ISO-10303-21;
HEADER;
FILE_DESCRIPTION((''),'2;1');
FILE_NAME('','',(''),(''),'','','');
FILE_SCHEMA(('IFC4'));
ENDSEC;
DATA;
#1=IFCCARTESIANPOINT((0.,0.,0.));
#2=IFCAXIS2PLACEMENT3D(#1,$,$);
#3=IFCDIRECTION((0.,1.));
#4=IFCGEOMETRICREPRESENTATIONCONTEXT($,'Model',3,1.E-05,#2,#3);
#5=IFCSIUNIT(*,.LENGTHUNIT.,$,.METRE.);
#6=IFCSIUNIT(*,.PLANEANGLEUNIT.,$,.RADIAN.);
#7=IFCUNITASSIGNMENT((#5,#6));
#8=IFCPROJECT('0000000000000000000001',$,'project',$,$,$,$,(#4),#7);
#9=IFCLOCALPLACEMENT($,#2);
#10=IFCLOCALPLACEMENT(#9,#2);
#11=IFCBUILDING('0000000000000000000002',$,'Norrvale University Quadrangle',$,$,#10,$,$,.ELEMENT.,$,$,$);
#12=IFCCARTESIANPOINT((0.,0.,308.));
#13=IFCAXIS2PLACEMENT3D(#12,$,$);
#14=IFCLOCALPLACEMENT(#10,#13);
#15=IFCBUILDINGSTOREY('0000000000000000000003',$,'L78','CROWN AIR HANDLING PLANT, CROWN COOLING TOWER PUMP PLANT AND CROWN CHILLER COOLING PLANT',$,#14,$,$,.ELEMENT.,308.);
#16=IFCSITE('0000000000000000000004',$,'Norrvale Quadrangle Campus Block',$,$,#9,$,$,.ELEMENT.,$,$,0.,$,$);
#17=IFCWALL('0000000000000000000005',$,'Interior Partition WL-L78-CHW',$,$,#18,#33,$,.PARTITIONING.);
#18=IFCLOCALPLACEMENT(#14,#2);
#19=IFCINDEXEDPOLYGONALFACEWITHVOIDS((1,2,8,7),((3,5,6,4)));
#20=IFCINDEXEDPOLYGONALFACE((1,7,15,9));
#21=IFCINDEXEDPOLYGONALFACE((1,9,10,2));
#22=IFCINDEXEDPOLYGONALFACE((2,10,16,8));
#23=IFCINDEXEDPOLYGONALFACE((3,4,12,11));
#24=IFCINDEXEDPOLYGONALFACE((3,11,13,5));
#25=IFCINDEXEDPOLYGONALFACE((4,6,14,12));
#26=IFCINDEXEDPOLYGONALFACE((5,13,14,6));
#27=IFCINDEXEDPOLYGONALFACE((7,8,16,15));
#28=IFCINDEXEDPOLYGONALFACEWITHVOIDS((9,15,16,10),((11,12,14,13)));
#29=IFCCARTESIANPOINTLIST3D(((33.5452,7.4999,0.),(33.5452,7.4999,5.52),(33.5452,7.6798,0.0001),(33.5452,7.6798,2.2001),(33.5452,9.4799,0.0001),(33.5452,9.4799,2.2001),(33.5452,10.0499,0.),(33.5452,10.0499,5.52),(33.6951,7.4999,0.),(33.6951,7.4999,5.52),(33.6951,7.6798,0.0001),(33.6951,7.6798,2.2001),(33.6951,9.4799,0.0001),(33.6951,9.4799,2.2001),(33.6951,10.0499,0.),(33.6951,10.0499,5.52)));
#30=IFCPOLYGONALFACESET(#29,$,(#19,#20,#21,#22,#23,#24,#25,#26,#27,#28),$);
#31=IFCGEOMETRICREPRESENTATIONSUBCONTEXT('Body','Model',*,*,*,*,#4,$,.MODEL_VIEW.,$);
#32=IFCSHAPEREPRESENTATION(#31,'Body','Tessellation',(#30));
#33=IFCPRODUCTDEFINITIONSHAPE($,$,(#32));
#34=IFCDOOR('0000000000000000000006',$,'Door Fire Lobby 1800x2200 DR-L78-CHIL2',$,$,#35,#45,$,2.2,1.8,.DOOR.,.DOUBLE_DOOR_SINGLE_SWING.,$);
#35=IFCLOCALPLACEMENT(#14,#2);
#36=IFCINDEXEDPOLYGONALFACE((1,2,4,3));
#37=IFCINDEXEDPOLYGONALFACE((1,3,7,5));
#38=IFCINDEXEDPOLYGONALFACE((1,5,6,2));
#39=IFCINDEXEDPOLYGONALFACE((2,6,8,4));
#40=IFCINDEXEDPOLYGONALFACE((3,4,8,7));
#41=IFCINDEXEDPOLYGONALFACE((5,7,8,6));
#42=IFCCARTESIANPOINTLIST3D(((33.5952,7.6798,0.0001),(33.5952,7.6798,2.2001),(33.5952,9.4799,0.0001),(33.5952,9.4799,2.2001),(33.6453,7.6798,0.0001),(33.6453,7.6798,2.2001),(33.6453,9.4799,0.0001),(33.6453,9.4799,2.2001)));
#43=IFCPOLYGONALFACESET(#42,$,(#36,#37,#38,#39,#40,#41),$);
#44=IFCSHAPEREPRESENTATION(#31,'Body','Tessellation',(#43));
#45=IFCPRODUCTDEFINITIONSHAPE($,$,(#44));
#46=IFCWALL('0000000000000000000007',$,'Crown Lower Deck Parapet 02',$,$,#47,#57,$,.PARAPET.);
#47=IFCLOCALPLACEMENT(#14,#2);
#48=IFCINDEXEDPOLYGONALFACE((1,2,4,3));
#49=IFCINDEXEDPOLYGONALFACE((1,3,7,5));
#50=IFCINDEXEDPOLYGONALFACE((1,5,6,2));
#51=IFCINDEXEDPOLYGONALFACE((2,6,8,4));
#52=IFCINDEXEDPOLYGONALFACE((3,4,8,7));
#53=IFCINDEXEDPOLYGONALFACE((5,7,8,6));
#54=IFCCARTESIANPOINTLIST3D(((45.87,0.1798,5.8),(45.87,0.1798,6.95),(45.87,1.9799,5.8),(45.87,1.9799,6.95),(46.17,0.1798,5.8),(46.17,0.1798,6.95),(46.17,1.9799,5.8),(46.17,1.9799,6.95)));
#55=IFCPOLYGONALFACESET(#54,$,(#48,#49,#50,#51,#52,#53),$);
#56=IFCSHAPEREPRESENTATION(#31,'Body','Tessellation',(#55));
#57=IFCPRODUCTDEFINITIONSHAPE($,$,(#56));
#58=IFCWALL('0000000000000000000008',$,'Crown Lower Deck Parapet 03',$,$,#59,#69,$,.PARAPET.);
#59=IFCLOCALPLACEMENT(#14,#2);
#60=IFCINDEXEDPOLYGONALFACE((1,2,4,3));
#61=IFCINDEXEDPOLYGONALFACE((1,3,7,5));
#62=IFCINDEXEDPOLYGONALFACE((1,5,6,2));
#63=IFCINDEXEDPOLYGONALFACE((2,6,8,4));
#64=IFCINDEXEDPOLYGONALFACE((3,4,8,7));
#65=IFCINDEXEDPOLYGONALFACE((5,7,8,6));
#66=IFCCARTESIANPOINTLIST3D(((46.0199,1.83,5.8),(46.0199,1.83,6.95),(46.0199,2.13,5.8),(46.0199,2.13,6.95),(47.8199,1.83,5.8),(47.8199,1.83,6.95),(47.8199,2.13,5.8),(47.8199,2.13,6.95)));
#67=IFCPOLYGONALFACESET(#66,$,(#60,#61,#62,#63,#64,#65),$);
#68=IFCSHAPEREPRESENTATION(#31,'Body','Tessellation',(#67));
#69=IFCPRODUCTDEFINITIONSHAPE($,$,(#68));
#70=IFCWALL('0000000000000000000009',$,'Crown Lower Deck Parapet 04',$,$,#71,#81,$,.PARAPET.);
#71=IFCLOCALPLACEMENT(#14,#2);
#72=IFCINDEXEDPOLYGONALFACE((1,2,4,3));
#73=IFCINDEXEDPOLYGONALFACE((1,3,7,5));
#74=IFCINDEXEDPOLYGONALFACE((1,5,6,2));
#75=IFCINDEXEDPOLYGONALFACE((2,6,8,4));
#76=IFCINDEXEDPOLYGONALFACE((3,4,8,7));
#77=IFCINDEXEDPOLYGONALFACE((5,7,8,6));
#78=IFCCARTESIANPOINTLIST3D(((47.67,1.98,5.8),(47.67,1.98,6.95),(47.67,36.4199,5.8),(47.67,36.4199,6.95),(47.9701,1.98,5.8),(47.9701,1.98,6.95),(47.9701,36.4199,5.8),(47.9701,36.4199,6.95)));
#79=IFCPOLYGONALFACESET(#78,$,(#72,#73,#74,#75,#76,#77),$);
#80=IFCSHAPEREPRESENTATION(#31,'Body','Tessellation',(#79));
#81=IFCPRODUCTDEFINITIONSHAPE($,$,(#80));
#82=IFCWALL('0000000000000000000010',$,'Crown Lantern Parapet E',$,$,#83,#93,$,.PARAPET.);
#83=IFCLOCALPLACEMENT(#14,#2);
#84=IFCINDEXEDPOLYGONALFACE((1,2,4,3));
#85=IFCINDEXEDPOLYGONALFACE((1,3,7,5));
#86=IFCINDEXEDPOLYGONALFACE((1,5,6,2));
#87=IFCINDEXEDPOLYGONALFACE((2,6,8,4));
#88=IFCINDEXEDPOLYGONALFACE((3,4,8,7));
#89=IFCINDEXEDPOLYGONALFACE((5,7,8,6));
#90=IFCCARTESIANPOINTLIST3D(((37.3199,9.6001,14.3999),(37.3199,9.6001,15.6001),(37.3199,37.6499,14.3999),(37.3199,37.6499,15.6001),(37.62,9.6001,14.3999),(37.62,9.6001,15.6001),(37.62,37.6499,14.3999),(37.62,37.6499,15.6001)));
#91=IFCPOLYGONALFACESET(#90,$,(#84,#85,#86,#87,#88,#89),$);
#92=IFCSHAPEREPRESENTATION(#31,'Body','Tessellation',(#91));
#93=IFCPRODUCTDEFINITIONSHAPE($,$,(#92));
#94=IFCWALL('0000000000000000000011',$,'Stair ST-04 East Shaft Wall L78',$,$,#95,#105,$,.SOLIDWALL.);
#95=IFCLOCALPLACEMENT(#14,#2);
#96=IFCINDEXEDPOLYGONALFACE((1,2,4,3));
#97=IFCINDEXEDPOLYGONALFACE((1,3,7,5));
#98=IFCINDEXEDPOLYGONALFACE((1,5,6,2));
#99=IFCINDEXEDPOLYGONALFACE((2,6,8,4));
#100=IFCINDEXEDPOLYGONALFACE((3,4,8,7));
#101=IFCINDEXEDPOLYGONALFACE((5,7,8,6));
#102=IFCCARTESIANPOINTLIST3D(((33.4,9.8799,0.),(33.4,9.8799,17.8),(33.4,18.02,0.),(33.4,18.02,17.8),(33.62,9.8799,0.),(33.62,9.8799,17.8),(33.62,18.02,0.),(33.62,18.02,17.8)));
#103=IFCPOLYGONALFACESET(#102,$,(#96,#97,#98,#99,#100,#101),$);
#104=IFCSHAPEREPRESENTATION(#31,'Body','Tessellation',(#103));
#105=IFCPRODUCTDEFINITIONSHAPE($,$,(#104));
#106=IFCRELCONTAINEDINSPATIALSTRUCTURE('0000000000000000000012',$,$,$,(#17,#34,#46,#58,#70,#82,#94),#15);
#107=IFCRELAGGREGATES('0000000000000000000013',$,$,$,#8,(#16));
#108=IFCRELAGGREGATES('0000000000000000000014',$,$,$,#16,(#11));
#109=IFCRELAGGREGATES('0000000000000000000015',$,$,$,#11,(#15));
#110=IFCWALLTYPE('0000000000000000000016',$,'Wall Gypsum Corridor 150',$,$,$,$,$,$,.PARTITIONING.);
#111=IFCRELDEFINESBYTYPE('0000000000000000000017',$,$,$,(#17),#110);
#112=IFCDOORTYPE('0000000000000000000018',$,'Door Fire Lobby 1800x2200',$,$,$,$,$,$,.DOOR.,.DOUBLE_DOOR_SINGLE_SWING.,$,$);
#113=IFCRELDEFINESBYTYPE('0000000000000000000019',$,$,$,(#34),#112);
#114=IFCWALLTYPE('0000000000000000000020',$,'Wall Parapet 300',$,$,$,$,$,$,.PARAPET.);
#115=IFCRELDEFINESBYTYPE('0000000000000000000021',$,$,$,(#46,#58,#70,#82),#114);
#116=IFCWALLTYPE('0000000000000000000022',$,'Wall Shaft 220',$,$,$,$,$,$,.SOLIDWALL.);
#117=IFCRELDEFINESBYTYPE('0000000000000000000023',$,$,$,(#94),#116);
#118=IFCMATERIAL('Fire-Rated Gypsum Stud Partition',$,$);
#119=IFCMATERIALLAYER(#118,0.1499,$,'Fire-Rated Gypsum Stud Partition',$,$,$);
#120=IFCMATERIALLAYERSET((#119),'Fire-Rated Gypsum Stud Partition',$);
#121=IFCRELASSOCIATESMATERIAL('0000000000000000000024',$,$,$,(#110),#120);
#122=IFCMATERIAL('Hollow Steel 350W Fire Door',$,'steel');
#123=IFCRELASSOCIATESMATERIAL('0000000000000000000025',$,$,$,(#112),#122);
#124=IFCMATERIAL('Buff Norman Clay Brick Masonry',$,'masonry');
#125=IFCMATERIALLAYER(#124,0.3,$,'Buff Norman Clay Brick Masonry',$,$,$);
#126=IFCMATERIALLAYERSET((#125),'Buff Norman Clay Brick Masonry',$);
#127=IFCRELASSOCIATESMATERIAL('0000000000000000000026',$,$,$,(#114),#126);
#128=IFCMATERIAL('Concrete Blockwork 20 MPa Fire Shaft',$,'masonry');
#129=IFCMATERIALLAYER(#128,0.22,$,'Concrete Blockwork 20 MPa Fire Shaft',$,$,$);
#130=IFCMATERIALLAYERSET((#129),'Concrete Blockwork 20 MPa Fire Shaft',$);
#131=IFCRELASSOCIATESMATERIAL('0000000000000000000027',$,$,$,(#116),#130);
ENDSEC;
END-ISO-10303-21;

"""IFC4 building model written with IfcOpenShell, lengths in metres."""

from ifc_helpers import new_model, si_unit, direction, frame, frame_2d, origin, place, context, subcontext, project, spatial, rectangle, extrude, material, layer, layer_set, type_object, element, fill, save


model = new_model("IFC4")

# Units and contexts
model_context = context("Model", 3, precision=1e-05, world=origin(), true_north=direction((0.0, 1.0)))
body_context = subcontext(model_context, "Body", "Model", "MODEL_VIEW")
ifc_project = project(units=[si_unit("LENGTHUNIT", "METRE"), si_unit("PLANEANGLEUNIT", "RADIAN")], contexts=[model_context])

# Site, building, storey
site_placement = place(None, origin())
site = spatial("IfcSite", under=ifc_project, at=site_placement, Name="Norrvale Quadrangle Campus Block", CompositionType="ELEMENT", RefElevation=0.0)
building_placement = place(site_placement, origin())
building = spatial("IfcBuilding", under=site, at=building_placement, Name="Norrvale University Quadrangle", CompositionType="ELEMENT")
storey_placement = place(building_placement, frame((0.0, 0.0, 308.0)))
storey = spatial("IfcBuildingStorey", under=building, at=storey_placement, Name="L78", Description="CROWN AIR HANDLING PLANT, CROWN COOLING TOWER PUMP PLANT AND CROWN CHILLER COOLING PLANT", CompositionType="ELEMENT", Elevation=308.0)

# Wall, opening, door
ifc_material_1 = material(Name="Fire-Rated Gypsum Stud Partition")
ifc_layer_1 = layer(ifc_material_1, 0.1499, Name="Fire-Rated Gypsum Stud Partition")
ifc_layer_set_1 = layer_set([ifc_layer_1], Name="Fire-Rated Gypsum Stud Partition")
wall_type_1 = type_object("IfcWallType", Name="Wall Gypsum Corridor 150", PredefinedType="PARTITIONING", material=ifc_layer_set_1)
wall_1_placement = place(storey_placement, frame((33.6201, 7.5, 0.0), z_axis=(0.0, 0.0, 1.0), x_axis=(0.0, 1.0, 0.0)))
wall_1 = element("IfcWall", 1, at=wall_1_placement, inside=storey, type_object=wall_type_1, Name="Interior Partition WL-L78-CHW", PredefinedType="PARTITIONING", context=body_context, shape_type="SweptSolid", body=[
    extrude(rectangle(XDim=2.55, YDim=0.1499, at=frame_2d((1.2749, 0.0))), origin(), (0.0, 0.0, 1.0), 5.52),
])
opening_placement = place(wall_1_placement, frame((0.1799, 0.0, 0.0)))
opening = element("IfcOpeningElement", 2, at=opening_placement, cuts=wall_1, PredefinedType="OPENING", context=body_context, shape_type="SweptSolid", body=[
    extrude(rectangle(XDim=1.8, YDim=2.2, at=frame_2d((0.8999, 1.1001))), frame((0.0, 0.0869, 0.0), z_axis=(0.0, -1.0, 0.0), x_axis=(1.0, 0.0, 0.0)), (0.0, 0.0, 1.0), 0.1738),
])
ifc_material_2 = material(Name="Hollow Steel 350W Fire Door", Category="steel")
door_type = type_object("IfcDoorType", Name="Door Fire Lobby 1800x2200", OperationType="DOUBLE_DOOR_SINGLE_SWING", PredefinedType="DOOR", material=ifc_material_2)
door_placement = place(opening_placement, origin())
door = element("IfcDoor", 3, at=door_placement, inside=storey, type_object=door_type, Name="Door Fire Lobby 1800x2200 DR-L78-CHIL2", OperationType="DOUBLE_DOOR_SINGLE_SWING", OverallHeight=2.2, OverallWidth=1.8, PredefinedType="DOOR", context=body_context, shape_type="SweptSolid", body=[
    extrude(rectangle(XDim=1.8, YDim=2.2, at=frame_2d((0.8999, 1.1001))), frame((0.0, 0.0249, 0.0), z_axis=(0.0, -1.0, 0.0), x_axis=(1.0, 0.0, 0.0)), (0.0, 0.0, 1.0), 0.05),
])
fill(opening, door)

# Walls
ifc_material_3 = material(Name="Buff Norman Clay Brick Masonry", Category="masonry")
ifc_layer_2 = layer(ifc_material_3, 0.3, Name="Buff Norman Clay Brick Masonry")
ifc_layer_set_2 = layer_set([ifc_layer_2], Name="Buff Norman Clay Brick Masonry")
wall_type_2 = type_object("IfcWallType", Name="Wall Parapet 300", PredefinedType="PARAPET", material=ifc_layer_set_2)
for number, where, z_axis, x_axis, name in (
    (4, (46.02, 0.1799, 5.8), (0.0, 0.0, 1.0), (0.0, 1.0, 0.0), "Crown Lower Deck Parapet 02"),
    (5, (46.02, 1.98, 5.8), (0.0, 0.0, 1.0), (1.0, 0.0, 0.0), "Crown Lower Deck Parapet 03"),
):
    element("IfcWall", number, at=place(storey_placement, frame(where, z_axis=z_axis, x_axis=x_axis)), inside=storey, type_object=wall_type_2, Name=name, PredefinedType="PARAPET", context=body_context, shape_type="SweptSolid", body=[
        extrude(rectangle(XDim=1.8, YDim=0.3, at=frame_2d((0.8999, 0.0))), origin(), (0.0, 0.0, 1.0), 1.1499),
    ])
wall_2_placement = place(storey_placement, frame((47.8201, 1.98, 5.8), z_axis=(0.0, 0.0, 1.0), x_axis=(0.0, 1.0, 0.0)))
element("IfcWall", 6, at=wall_2_placement, inside=storey, type_object=wall_type_2, Name="Crown Lower Deck Parapet 04", PredefinedType="PARAPET", context=body_context, shape_type="SweptSolid", body=[
    extrude(rectangle(XDim=34.4399, YDim=0.3, at=frame_2d((17.22, 0.0))), origin(), (0.0, 0.0, 1.0), 1.1499),
])
wall_3_placement = place(storey_placement, frame((37.47, 9.6001, 14.3999), z_axis=(0.0, 0.0, 1.0), x_axis=(0.0, 1.0, 0.0)))
element("IfcWall", 7, at=wall_3_placement, inside=storey, type_object=wall_type_2, Name="Crown Lantern Parapet E", PredefinedType="PARAPET", context=body_context, shape_type="SweptSolid", body=[
    extrude(rectangle(XDim=28.0498, YDim=0.3, at=frame_2d((14.0249, 0.0))), origin(), (0.0, 0.0, 1.0), 1.2002),
])
ifc_material_4 = material(Name="Concrete Blockwork 20 MPa Fire Shaft", Category="masonry")
ifc_layer_3 = layer(ifc_material_4, 0.22, Name="Concrete Blockwork 20 MPa Fire Shaft")
ifc_layer_set_3 = layer_set([ifc_layer_3], Name="Concrete Blockwork 20 MPa Fire Shaft")
wall_type_3 = type_object("IfcWallType", Name="Wall Shaft 220", PredefinedType="SOLIDWALL", material=ifc_layer_set_3)
wall_4_placement = place(storey_placement, frame((33.51, 9.8799, 0.0), z_axis=(0.0, 0.0, 1.0), x_axis=(0.0, 1.0, 0.0)))
element("IfcWall", 8, at=wall_4_placement, inside=storey, type_object=wall_type_3, Name="Stair ST-04 East Shaft Wall L78", PredefinedType="SOLIDWALL", context=body_context, shape_type="SweptSolid", body=[
    extrude(rectangle(XDim=8.1401, YDim=0.22, at=frame_2d((4.0701, 0.0))), origin(), (0.0, 0.0, 1.0), 17.8),
])

save(model, "model.ifc")
